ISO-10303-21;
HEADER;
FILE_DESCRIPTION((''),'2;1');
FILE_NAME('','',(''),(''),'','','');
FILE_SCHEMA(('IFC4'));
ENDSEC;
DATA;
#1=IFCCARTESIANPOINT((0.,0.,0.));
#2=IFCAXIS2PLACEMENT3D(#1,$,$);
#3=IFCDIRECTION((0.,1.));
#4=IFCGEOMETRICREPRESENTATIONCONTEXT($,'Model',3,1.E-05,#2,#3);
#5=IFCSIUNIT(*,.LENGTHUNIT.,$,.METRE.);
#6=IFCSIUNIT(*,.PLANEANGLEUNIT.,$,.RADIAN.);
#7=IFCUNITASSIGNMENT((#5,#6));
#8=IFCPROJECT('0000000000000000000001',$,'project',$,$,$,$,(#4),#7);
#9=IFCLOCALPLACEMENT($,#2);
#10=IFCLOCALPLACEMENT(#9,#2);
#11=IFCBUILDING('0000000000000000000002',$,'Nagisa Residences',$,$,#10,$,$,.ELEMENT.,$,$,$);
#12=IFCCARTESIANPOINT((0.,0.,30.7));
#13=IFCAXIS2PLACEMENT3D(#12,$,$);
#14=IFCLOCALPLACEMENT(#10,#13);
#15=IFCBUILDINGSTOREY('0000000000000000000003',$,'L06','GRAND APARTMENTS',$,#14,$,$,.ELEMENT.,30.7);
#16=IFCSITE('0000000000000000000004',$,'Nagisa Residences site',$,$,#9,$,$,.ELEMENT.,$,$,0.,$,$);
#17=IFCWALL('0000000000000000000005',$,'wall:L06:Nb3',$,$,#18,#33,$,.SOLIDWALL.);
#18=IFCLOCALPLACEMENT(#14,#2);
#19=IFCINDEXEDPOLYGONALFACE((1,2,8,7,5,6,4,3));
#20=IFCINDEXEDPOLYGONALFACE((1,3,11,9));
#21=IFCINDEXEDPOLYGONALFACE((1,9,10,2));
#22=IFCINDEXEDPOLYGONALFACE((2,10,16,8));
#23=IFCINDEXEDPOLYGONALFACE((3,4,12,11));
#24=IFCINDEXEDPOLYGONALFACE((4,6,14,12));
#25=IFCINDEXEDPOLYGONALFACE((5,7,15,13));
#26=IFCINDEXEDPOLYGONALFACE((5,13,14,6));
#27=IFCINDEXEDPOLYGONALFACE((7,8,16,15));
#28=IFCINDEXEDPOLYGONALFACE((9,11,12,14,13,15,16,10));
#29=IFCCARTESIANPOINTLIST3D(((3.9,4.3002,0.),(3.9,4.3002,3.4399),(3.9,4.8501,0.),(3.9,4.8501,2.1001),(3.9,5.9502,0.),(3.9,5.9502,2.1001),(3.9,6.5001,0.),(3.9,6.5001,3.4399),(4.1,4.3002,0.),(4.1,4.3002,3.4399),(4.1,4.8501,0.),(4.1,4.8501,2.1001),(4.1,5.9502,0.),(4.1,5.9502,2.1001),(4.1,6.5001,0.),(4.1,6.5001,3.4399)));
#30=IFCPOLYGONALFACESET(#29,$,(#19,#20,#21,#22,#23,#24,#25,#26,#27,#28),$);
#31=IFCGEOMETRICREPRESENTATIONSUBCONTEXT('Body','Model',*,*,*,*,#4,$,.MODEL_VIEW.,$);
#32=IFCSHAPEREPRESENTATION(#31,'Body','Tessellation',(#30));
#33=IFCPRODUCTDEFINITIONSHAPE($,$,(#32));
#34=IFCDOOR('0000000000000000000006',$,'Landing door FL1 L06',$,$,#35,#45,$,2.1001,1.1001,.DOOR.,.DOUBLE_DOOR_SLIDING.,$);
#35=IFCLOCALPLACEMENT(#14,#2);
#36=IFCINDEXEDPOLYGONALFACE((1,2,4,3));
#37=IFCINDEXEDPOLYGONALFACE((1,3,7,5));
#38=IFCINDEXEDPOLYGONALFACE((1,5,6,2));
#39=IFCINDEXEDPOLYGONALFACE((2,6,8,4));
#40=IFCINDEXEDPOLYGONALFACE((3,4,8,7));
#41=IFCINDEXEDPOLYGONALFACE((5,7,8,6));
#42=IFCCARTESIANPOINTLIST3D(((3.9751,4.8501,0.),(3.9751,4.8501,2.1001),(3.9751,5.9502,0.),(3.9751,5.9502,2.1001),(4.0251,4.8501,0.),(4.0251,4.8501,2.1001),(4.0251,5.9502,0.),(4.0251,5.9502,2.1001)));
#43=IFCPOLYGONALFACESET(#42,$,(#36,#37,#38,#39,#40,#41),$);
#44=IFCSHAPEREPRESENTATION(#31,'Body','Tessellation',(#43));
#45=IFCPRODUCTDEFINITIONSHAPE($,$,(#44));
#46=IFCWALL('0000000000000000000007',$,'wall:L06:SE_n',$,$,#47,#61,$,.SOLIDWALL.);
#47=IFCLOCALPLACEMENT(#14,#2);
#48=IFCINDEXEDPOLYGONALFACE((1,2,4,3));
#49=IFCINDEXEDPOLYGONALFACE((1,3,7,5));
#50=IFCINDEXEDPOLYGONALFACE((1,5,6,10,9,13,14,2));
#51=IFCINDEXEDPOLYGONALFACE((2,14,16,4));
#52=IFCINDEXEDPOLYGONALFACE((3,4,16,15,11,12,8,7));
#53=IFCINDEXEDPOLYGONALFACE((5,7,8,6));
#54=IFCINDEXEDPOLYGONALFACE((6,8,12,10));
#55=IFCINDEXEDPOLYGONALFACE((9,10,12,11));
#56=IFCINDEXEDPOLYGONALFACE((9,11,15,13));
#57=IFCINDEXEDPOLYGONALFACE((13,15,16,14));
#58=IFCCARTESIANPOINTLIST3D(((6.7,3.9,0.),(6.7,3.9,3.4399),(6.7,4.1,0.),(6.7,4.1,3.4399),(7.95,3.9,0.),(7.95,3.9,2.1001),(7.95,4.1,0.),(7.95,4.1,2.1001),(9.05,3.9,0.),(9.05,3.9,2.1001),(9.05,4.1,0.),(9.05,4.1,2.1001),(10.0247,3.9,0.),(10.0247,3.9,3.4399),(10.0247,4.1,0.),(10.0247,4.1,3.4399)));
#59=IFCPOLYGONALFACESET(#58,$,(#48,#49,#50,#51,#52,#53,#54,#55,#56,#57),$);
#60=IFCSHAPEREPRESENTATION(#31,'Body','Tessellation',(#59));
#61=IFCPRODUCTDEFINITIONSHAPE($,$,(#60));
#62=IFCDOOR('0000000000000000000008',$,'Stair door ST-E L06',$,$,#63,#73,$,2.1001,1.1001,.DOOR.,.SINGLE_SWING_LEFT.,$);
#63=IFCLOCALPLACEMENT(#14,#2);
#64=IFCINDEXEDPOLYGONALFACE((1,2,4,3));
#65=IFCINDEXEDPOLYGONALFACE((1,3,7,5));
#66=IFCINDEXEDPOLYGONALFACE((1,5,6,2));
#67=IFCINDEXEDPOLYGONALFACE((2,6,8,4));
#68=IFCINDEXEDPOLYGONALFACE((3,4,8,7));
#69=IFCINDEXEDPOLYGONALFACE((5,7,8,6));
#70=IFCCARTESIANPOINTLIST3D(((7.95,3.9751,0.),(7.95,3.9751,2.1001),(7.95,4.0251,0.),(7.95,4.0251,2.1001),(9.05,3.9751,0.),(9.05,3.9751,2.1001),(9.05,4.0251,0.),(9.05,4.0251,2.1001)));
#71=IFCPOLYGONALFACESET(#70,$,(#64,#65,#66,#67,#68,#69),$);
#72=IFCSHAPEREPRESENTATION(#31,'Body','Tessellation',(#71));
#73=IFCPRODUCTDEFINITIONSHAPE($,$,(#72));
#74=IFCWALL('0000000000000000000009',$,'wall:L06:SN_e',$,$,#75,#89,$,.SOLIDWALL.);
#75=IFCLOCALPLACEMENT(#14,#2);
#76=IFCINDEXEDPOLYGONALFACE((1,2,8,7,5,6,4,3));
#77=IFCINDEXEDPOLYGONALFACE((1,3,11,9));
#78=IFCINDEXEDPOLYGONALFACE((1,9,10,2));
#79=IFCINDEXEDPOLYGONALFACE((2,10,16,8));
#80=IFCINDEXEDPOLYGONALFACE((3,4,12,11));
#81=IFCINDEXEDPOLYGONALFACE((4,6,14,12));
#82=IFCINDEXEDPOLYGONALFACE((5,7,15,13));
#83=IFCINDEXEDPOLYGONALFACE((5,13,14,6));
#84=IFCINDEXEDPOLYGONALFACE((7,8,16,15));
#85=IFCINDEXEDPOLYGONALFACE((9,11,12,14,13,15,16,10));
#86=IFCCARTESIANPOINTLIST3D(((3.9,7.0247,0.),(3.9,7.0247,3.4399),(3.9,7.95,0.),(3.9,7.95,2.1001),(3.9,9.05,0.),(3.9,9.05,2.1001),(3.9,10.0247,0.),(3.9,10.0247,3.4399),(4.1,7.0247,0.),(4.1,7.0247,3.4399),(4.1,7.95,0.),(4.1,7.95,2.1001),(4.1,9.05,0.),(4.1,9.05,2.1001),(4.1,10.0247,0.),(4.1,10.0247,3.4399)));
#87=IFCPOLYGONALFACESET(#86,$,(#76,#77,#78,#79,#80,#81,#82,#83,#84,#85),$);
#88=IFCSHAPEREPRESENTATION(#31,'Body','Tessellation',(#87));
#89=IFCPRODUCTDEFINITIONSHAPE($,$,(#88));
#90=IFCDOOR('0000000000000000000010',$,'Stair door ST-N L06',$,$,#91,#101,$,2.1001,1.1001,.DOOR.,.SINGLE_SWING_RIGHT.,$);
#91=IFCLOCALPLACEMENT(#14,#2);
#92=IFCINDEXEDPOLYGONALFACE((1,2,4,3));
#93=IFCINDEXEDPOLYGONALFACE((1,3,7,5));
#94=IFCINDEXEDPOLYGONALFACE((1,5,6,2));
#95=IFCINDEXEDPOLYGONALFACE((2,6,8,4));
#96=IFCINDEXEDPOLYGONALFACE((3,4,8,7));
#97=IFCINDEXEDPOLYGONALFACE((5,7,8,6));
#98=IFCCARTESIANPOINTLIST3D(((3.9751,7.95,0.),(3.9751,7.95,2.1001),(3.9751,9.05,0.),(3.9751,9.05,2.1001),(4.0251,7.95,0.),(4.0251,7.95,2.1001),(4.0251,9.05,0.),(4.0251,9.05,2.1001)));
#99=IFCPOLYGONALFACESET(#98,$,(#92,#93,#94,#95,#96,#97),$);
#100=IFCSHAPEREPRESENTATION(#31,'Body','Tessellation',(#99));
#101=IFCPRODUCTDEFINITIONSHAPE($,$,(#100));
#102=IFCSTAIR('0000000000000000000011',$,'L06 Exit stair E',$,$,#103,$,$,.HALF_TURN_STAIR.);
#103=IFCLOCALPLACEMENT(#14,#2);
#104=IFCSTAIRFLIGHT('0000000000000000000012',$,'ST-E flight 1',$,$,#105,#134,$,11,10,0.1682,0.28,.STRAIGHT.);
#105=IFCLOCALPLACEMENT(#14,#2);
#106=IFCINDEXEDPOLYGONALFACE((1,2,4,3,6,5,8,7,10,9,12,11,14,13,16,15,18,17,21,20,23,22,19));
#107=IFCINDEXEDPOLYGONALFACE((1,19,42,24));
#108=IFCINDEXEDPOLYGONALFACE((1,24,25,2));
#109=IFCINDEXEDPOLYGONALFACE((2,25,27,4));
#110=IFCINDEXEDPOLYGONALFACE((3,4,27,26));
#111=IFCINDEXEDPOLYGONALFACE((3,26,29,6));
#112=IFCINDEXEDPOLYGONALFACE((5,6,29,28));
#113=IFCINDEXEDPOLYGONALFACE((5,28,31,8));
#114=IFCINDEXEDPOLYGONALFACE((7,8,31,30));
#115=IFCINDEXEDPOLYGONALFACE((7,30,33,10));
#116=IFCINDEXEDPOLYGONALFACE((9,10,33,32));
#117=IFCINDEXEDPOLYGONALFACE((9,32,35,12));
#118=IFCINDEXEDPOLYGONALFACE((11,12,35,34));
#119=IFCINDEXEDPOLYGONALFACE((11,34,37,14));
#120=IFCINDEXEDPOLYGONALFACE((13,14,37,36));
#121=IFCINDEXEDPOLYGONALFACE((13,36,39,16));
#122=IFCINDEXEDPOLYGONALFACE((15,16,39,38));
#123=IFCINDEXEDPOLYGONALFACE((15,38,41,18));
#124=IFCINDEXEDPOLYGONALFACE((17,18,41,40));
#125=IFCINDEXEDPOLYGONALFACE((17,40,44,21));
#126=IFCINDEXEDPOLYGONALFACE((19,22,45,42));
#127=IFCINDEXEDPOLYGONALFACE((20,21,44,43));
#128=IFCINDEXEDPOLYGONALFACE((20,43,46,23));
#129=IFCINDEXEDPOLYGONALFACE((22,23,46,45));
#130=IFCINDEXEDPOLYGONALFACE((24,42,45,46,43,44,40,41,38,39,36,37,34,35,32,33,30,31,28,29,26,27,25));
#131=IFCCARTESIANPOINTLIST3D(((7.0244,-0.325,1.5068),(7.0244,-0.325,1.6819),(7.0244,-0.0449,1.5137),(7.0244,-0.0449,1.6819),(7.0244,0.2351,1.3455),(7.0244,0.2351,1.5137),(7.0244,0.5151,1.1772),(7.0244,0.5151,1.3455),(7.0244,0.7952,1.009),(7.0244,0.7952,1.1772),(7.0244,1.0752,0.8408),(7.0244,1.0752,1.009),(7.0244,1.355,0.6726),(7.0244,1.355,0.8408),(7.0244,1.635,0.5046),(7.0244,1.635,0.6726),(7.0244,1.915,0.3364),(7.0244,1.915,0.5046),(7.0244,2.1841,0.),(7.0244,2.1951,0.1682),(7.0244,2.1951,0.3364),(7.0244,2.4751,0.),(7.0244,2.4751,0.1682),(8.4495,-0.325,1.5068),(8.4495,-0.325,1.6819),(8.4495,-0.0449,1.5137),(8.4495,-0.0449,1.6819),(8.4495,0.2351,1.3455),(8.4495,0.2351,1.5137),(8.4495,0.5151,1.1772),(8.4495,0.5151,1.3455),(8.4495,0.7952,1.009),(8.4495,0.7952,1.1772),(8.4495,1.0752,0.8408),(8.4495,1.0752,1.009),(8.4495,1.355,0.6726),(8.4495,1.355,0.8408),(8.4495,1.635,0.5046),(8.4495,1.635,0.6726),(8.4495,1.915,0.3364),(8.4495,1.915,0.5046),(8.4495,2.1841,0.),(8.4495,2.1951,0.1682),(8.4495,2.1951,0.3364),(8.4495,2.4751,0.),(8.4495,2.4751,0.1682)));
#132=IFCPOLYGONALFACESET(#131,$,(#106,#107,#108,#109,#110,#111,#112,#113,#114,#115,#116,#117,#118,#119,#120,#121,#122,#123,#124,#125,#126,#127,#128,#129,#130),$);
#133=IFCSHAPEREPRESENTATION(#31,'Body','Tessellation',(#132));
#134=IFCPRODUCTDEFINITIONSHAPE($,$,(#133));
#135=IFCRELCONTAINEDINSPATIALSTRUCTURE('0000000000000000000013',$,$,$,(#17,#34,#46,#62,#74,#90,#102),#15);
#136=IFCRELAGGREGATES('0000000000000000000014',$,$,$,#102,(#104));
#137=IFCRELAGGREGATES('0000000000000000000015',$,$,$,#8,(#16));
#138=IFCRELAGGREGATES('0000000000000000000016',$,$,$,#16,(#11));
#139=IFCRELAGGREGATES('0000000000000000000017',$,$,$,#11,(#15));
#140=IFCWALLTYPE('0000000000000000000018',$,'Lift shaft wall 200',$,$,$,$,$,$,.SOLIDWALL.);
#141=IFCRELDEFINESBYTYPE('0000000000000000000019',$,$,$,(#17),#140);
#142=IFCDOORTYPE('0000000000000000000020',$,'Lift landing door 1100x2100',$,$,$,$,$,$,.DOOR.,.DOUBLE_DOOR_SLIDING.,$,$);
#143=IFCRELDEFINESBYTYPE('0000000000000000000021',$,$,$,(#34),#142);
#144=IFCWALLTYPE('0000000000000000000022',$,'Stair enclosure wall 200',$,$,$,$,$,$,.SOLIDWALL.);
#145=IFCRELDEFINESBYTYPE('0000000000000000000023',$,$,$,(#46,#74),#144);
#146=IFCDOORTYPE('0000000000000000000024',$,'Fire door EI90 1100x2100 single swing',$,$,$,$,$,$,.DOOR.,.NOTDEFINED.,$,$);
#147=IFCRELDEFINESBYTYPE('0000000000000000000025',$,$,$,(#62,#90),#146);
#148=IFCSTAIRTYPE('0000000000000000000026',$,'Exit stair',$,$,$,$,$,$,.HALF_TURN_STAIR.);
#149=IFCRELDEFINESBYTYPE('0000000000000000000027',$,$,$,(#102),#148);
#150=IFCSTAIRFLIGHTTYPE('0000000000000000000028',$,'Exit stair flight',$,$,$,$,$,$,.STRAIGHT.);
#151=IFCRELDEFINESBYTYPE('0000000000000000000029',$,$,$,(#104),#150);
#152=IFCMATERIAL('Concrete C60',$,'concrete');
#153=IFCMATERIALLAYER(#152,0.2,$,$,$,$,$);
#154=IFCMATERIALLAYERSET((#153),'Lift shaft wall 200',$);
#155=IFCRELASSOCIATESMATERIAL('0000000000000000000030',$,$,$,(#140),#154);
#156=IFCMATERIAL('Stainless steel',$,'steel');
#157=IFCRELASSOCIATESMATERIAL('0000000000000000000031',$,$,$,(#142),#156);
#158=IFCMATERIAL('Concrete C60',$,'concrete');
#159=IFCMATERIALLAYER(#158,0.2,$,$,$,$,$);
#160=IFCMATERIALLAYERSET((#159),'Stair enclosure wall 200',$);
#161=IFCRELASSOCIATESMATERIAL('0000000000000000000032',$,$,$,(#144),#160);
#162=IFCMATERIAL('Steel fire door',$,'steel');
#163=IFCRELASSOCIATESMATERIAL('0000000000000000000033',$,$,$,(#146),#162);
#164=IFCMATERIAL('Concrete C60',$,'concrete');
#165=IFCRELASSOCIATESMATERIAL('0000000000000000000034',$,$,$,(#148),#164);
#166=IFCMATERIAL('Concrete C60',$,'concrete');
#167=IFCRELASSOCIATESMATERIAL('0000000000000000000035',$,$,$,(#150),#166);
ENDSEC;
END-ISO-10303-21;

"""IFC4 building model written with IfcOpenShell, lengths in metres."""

from ifc_helpers import new_model, si_unit, direction, frame, frame_2d, origin, place, context, subcontext, project, spatial, polyline, rectangle, outline, extrude, material, layer, layer_set, type_object, element, fill, aggregate, save


model = new_model("IFC4")

# Units and contexts
model_context = context("Model", 3, precision=1e-05, world=origin(), true_north=direction((0.0, 1.0)))
body_context = subcontext(model_context, "Body", "Model", "MODEL_VIEW")
ifc_project = project(units=[si_unit("LENGTHUNIT", "METRE"), si_unit("PLANEANGLEUNIT", "RADIAN")], contexts=[model_context])

# Site, building, storey
site_placement = place(None, origin())
site = spatial("IfcSite", under=ifc_project, at=site_placement, Name="Nagisa Residences site", CompositionType="ELEMENT", RefElevation=0.0)
building_placement = place(site_placement, origin())
building = spatial("IfcBuilding", under=site, at=building_placement, Name="Nagisa Residences", CompositionType="ELEMENT")
storey_placement = place(building_placement, frame((0.0, 0.0, 30.7)))
storey = spatial("IfcBuildingStorey", under=building, at=storey_placement, Name="L06", Description="GRAND APARTMENTS", CompositionType="ELEMENT", Elevation=30.7)

# Walls, openings, doors
ifc_material_1 = material(Name="Concrete C60", Category="concrete")
ifc_layer_1 = layer(ifc_material_1, 0.2)
ifc_layer_set_1 = layer_set([ifc_layer_1], Name="Lift shaft wall 200")
wall_type_1 = type_object("IfcWallType", Name="Lift shaft wall 200", PredefinedType="SOLIDWALL", material=ifc_layer_set_1)
wall_1_placement = place(storey_placement, frame((4.0, 4.3, 0.0), z_axis=(0.0, 0.0, 1.0), x_axis=(0.0, 1.0, 0.0)))
wall_1 = element("IfcWall", 1, at=wall_1_placement, inside=storey, type_object=wall_type_1, Name="wall:L06:Nb3", PredefinedType="SOLIDWALL", context=body_context, shape_type="SweptSolid", body=[
    extrude(rectangle(XDim=2.2, YDim=0.2, at=frame_2d((1.1001, 0.0))), origin(), (0.0, 0.0, 1.0), 3.4399),
])
opening_1_placement = place(wall_1_placement, frame((0.55, 0.0, 0.0)))
opening_1 = element("IfcOpeningElement", 2, at=opening_1_placement, cuts=wall_1, PredefinedType="OPENING", context=body_context, shape_type="SweptSolid", body=[
    extrude(rectangle(XDim=1.1001, YDim=2.1001, at=frame_2d((0.55, 1.05))), frame((0.0, 0.1099, 0.0), z_axis=(0.0, -1.0, 0.0), x_axis=(1.0, 0.0, 0.0)), (0.0, 0.0, 1.0), 0.22),
])
ifc_material_2 = material(Name="Stainless steel", Category="steel")
door_type_1 = type_object("IfcDoorType", Name="Lift landing door 1100x2100", OperationType="DOUBLE_DOOR_SLIDING", PredefinedType="DOOR", material=ifc_material_2)
door_1_placement = place(opening_1_placement, origin())
door_1 = element("IfcDoor", 3, at=door_1_placement, inside=storey, type_object=door_type_1, Name="Landing door FL1 L06", OperationType="DOUBLE_DOOR_SLIDING", OverallHeight=2.1001, OverallWidth=1.1001, PredefinedType="DOOR", context=body_context, shape_type="SweptSolid", body=[
    extrude(rectangle(XDim=1.1001, YDim=2.1001, at=frame_2d((0.55, 1.05))), frame((0.0, 0.0249, 0.0), z_axis=(0.0, -1.0, 0.0), x_axis=(1.0, 0.0, 0.0)), (0.0, 0.0, 1.0), 0.05),
])
fill(opening_1, door_1)
ifc_material_3 = material(Name="Concrete C60", Category="concrete")
ifc_layer_2 = layer(ifc_material_3, 0.2)
ifc_layer_set_2 = layer_set([ifc_layer_2], Name="Stair enclosure wall 200")
wall_type_2 = type_object("IfcWallType", Name="Stair enclosure wall 200", PredefinedType="SOLIDWALL", material=ifc_layer_set_2)
wall_2_placement = place(storey_placement, frame((6.7, 4.0, 0.0), z_axis=(0.0, 0.0, 1.0), x_axis=(1.0, 0.0, 0.0)))
wall_2 = element("IfcWall", 4, at=wall_2_placement, inside=storey, type_object=wall_type_2, Name="wall:L06:SE_n", PredefinedType="SOLIDWALL", context=body_context, shape_type="SweptSolid", body=[
    extrude(rectangle(XDim=3.3247, YDim=0.2, at=frame_2d((1.6624, 0.0))), origin(), (0.0, 0.0, 1.0), 3.4399),
])
opening_2_placement = place(wall_2_placement, frame((1.25, 0.0, 0.0)))
opening_2 = element("IfcOpeningElement", 5, at=opening_2_placement, cuts=wall_2, PredefinedType="OPENING", context=body_context, shape_type="SweptSolid", body=[
    extrude(rectangle(XDim=1.1001, YDim=2.1001, at=frame_2d((0.55, 1.05))), frame((0.0, 0.1099, 0.0), z_axis=(0.0, -1.0, 0.0), x_axis=(1.0, 0.0, 0.0)), (0.0, 0.0, 1.0), 0.22),
])
ifc_material_4 = material(Name="Steel fire door", Category="steel")
door_type_2 = type_object("IfcDoorType", Name="Fire door EI90 1100x2100 single swing", OperationType="NOTDEFINED", PredefinedType="DOOR", material=ifc_material_4)
door_2_placement = place(opening_2_placement, frame((1.1001, 0.0, 0.0), x_axis=(-1.0, 0.0, 0.0)))
door_2 = element("IfcDoor", 6, at=door_2_placement, inside=storey, type_object=door_type_2, Name="Stair door ST-E L06", OperationType="SINGLE_SWING_LEFT", OverallHeight=2.1001, OverallWidth=1.1001, PredefinedType="DOOR", context=body_context, shape_type="SweptSolid", body=[
    extrude(rectangle(XDim=1.1001, YDim=2.1001, at=frame_2d((0.55, 1.05))), frame((0.0, 0.0249, 0.0), z_axis=(0.0, -1.0, 0.0), x_axis=(1.0, 0.0, 0.0)), (0.0, 0.0, 1.0), 0.05),
])
fill(opening_2, door_2)
wall_3_placement = place(storey_placement, frame((4.0, 7.0247, 0.0), z_axis=(0.0, 0.0, 1.0), x_axis=(0.0, 1.0, 0.0)))
wall_3 = element("IfcWall", 7, at=wall_3_placement, inside=storey, type_object=wall_type_2, Name="wall:L06:SN_e", PredefinedType="SOLIDWALL", context=body_context, shape_type="SweptSolid", body=[
    extrude(rectangle(XDim=3.0, YDim=0.2, at=frame_2d((1.5, 0.0))), origin(), (0.0, 0.0, 1.0), 3.4399),
])
opening_3_placement = place(wall_3_placement, frame((0.9253, 0.0, 0.0)))
opening_3 = element("IfcOpeningElement", 8, at=opening_3_placement, cuts=wall_3, PredefinedType="OPENING", context=body_context, shape_type="SweptSolid", body=[
    extrude(rectangle(XDim=1.1001, YDim=2.1001, at=frame_2d((0.55, 1.05))), frame((0.0, 0.1099, 0.0), z_axis=(0.0, -1.0, 0.0), x_axis=(1.0, 0.0, 0.0)), (0.0, 0.0, 1.0), 0.22),
])
door_3_placement = place(opening_3_placement, origin())
door_3 = element("IfcDoor", 9, at=door_3_placement, inside=storey, type_object=door_type_2, Name="Stair door ST-N L06", OperationType="SINGLE_SWING_RIGHT", OverallHeight=2.1001, OverallWidth=1.1001, PredefinedType="DOOR", context=body_context, shape_type="SweptSolid", body=[
    extrude(rectangle(XDim=1.1001, YDim=2.1001, at=frame_2d((0.55, 1.05))), frame((0.0, 0.0249, 0.0), z_axis=(0.0, -1.0, 0.0), x_axis=(1.0, 0.0, 0.0)), (0.0, 0.0, 1.0), 0.05),
])
fill(opening_3, door_3)

# Stair, stair flight
ifc_material_5 = material(Name="Concrete C60", Category="concrete")
stair_type = type_object("IfcStairType", Name="Exit stair", PredefinedType="HALF_TURN_STAIR", material=ifc_material_5)
stair_placement = place(storey_placement, origin())
stair = element("IfcStair", 10, at=stair_placement, inside=storey, type_object=stair_type, Name="L06 Exit stair E", PredefinedType="HALF_TURN_STAIR")
ifc_material_6 = material(Name="Concrete C60", Category="concrete")
stair_flight_type = type_object("IfcStairFlightType", Name="Exit stair flight", PredefinedType="STRAIGHT", material=ifc_material_6)
stair_flight_placement = place(storey_placement, frame((7.7371, 2.4751, 0.0), z_axis=(0.0, 0.0, 1.0), x_axis=(0.0, -1.0, 0.0)))
stair_flight = element("IfcStairFlight", 11, at=stair_flight_placement, type_object=stair_flight_type, Name="ST-E flight 1", NumberOfRisers=11, NumberOfTreads=10, PredefinedType="STRAIGHT", RiserHeight=0.1682, TreadLength=0.28, context=body_context, shape_type="SweptSolid", body=[
    extrude(outline(polyline([(0.0, 0.0), (0.0, 0.1682), (0.28, 0.1682), (0.28, 0.3364), (0.5601, 0.3364), (0.5601, 0.5046), (0.8401, 0.5046), (0.8401, 0.6726), (1.1201, 0.6726), (1.1201, 0.8408), (1.3999, 0.8408), (1.3999, 1.009), (1.6799, 1.009), (1.6799, 1.1772), (1.96, 1.1772), (1.96, 1.3455), (2.24, 1.3455), (2.24, 1.5137), (2.52, 1.5137), (2.52, 1.6819), (2.8, 1.6819), (2.8, 1.8501), (2.8, 1.5068), (0.291, 0.0), (0.0, 0.0)])), frame((0.0, 0.7124, 0.0), z_axis=(0.0, -1.0, 0.0), x_axis=(1.0, 0.0, 0.0)), (0.0, 0.0, 1.0), 1.425),
])
aggregate(stair, [stair_flight])

save(model, "model.ifc")
